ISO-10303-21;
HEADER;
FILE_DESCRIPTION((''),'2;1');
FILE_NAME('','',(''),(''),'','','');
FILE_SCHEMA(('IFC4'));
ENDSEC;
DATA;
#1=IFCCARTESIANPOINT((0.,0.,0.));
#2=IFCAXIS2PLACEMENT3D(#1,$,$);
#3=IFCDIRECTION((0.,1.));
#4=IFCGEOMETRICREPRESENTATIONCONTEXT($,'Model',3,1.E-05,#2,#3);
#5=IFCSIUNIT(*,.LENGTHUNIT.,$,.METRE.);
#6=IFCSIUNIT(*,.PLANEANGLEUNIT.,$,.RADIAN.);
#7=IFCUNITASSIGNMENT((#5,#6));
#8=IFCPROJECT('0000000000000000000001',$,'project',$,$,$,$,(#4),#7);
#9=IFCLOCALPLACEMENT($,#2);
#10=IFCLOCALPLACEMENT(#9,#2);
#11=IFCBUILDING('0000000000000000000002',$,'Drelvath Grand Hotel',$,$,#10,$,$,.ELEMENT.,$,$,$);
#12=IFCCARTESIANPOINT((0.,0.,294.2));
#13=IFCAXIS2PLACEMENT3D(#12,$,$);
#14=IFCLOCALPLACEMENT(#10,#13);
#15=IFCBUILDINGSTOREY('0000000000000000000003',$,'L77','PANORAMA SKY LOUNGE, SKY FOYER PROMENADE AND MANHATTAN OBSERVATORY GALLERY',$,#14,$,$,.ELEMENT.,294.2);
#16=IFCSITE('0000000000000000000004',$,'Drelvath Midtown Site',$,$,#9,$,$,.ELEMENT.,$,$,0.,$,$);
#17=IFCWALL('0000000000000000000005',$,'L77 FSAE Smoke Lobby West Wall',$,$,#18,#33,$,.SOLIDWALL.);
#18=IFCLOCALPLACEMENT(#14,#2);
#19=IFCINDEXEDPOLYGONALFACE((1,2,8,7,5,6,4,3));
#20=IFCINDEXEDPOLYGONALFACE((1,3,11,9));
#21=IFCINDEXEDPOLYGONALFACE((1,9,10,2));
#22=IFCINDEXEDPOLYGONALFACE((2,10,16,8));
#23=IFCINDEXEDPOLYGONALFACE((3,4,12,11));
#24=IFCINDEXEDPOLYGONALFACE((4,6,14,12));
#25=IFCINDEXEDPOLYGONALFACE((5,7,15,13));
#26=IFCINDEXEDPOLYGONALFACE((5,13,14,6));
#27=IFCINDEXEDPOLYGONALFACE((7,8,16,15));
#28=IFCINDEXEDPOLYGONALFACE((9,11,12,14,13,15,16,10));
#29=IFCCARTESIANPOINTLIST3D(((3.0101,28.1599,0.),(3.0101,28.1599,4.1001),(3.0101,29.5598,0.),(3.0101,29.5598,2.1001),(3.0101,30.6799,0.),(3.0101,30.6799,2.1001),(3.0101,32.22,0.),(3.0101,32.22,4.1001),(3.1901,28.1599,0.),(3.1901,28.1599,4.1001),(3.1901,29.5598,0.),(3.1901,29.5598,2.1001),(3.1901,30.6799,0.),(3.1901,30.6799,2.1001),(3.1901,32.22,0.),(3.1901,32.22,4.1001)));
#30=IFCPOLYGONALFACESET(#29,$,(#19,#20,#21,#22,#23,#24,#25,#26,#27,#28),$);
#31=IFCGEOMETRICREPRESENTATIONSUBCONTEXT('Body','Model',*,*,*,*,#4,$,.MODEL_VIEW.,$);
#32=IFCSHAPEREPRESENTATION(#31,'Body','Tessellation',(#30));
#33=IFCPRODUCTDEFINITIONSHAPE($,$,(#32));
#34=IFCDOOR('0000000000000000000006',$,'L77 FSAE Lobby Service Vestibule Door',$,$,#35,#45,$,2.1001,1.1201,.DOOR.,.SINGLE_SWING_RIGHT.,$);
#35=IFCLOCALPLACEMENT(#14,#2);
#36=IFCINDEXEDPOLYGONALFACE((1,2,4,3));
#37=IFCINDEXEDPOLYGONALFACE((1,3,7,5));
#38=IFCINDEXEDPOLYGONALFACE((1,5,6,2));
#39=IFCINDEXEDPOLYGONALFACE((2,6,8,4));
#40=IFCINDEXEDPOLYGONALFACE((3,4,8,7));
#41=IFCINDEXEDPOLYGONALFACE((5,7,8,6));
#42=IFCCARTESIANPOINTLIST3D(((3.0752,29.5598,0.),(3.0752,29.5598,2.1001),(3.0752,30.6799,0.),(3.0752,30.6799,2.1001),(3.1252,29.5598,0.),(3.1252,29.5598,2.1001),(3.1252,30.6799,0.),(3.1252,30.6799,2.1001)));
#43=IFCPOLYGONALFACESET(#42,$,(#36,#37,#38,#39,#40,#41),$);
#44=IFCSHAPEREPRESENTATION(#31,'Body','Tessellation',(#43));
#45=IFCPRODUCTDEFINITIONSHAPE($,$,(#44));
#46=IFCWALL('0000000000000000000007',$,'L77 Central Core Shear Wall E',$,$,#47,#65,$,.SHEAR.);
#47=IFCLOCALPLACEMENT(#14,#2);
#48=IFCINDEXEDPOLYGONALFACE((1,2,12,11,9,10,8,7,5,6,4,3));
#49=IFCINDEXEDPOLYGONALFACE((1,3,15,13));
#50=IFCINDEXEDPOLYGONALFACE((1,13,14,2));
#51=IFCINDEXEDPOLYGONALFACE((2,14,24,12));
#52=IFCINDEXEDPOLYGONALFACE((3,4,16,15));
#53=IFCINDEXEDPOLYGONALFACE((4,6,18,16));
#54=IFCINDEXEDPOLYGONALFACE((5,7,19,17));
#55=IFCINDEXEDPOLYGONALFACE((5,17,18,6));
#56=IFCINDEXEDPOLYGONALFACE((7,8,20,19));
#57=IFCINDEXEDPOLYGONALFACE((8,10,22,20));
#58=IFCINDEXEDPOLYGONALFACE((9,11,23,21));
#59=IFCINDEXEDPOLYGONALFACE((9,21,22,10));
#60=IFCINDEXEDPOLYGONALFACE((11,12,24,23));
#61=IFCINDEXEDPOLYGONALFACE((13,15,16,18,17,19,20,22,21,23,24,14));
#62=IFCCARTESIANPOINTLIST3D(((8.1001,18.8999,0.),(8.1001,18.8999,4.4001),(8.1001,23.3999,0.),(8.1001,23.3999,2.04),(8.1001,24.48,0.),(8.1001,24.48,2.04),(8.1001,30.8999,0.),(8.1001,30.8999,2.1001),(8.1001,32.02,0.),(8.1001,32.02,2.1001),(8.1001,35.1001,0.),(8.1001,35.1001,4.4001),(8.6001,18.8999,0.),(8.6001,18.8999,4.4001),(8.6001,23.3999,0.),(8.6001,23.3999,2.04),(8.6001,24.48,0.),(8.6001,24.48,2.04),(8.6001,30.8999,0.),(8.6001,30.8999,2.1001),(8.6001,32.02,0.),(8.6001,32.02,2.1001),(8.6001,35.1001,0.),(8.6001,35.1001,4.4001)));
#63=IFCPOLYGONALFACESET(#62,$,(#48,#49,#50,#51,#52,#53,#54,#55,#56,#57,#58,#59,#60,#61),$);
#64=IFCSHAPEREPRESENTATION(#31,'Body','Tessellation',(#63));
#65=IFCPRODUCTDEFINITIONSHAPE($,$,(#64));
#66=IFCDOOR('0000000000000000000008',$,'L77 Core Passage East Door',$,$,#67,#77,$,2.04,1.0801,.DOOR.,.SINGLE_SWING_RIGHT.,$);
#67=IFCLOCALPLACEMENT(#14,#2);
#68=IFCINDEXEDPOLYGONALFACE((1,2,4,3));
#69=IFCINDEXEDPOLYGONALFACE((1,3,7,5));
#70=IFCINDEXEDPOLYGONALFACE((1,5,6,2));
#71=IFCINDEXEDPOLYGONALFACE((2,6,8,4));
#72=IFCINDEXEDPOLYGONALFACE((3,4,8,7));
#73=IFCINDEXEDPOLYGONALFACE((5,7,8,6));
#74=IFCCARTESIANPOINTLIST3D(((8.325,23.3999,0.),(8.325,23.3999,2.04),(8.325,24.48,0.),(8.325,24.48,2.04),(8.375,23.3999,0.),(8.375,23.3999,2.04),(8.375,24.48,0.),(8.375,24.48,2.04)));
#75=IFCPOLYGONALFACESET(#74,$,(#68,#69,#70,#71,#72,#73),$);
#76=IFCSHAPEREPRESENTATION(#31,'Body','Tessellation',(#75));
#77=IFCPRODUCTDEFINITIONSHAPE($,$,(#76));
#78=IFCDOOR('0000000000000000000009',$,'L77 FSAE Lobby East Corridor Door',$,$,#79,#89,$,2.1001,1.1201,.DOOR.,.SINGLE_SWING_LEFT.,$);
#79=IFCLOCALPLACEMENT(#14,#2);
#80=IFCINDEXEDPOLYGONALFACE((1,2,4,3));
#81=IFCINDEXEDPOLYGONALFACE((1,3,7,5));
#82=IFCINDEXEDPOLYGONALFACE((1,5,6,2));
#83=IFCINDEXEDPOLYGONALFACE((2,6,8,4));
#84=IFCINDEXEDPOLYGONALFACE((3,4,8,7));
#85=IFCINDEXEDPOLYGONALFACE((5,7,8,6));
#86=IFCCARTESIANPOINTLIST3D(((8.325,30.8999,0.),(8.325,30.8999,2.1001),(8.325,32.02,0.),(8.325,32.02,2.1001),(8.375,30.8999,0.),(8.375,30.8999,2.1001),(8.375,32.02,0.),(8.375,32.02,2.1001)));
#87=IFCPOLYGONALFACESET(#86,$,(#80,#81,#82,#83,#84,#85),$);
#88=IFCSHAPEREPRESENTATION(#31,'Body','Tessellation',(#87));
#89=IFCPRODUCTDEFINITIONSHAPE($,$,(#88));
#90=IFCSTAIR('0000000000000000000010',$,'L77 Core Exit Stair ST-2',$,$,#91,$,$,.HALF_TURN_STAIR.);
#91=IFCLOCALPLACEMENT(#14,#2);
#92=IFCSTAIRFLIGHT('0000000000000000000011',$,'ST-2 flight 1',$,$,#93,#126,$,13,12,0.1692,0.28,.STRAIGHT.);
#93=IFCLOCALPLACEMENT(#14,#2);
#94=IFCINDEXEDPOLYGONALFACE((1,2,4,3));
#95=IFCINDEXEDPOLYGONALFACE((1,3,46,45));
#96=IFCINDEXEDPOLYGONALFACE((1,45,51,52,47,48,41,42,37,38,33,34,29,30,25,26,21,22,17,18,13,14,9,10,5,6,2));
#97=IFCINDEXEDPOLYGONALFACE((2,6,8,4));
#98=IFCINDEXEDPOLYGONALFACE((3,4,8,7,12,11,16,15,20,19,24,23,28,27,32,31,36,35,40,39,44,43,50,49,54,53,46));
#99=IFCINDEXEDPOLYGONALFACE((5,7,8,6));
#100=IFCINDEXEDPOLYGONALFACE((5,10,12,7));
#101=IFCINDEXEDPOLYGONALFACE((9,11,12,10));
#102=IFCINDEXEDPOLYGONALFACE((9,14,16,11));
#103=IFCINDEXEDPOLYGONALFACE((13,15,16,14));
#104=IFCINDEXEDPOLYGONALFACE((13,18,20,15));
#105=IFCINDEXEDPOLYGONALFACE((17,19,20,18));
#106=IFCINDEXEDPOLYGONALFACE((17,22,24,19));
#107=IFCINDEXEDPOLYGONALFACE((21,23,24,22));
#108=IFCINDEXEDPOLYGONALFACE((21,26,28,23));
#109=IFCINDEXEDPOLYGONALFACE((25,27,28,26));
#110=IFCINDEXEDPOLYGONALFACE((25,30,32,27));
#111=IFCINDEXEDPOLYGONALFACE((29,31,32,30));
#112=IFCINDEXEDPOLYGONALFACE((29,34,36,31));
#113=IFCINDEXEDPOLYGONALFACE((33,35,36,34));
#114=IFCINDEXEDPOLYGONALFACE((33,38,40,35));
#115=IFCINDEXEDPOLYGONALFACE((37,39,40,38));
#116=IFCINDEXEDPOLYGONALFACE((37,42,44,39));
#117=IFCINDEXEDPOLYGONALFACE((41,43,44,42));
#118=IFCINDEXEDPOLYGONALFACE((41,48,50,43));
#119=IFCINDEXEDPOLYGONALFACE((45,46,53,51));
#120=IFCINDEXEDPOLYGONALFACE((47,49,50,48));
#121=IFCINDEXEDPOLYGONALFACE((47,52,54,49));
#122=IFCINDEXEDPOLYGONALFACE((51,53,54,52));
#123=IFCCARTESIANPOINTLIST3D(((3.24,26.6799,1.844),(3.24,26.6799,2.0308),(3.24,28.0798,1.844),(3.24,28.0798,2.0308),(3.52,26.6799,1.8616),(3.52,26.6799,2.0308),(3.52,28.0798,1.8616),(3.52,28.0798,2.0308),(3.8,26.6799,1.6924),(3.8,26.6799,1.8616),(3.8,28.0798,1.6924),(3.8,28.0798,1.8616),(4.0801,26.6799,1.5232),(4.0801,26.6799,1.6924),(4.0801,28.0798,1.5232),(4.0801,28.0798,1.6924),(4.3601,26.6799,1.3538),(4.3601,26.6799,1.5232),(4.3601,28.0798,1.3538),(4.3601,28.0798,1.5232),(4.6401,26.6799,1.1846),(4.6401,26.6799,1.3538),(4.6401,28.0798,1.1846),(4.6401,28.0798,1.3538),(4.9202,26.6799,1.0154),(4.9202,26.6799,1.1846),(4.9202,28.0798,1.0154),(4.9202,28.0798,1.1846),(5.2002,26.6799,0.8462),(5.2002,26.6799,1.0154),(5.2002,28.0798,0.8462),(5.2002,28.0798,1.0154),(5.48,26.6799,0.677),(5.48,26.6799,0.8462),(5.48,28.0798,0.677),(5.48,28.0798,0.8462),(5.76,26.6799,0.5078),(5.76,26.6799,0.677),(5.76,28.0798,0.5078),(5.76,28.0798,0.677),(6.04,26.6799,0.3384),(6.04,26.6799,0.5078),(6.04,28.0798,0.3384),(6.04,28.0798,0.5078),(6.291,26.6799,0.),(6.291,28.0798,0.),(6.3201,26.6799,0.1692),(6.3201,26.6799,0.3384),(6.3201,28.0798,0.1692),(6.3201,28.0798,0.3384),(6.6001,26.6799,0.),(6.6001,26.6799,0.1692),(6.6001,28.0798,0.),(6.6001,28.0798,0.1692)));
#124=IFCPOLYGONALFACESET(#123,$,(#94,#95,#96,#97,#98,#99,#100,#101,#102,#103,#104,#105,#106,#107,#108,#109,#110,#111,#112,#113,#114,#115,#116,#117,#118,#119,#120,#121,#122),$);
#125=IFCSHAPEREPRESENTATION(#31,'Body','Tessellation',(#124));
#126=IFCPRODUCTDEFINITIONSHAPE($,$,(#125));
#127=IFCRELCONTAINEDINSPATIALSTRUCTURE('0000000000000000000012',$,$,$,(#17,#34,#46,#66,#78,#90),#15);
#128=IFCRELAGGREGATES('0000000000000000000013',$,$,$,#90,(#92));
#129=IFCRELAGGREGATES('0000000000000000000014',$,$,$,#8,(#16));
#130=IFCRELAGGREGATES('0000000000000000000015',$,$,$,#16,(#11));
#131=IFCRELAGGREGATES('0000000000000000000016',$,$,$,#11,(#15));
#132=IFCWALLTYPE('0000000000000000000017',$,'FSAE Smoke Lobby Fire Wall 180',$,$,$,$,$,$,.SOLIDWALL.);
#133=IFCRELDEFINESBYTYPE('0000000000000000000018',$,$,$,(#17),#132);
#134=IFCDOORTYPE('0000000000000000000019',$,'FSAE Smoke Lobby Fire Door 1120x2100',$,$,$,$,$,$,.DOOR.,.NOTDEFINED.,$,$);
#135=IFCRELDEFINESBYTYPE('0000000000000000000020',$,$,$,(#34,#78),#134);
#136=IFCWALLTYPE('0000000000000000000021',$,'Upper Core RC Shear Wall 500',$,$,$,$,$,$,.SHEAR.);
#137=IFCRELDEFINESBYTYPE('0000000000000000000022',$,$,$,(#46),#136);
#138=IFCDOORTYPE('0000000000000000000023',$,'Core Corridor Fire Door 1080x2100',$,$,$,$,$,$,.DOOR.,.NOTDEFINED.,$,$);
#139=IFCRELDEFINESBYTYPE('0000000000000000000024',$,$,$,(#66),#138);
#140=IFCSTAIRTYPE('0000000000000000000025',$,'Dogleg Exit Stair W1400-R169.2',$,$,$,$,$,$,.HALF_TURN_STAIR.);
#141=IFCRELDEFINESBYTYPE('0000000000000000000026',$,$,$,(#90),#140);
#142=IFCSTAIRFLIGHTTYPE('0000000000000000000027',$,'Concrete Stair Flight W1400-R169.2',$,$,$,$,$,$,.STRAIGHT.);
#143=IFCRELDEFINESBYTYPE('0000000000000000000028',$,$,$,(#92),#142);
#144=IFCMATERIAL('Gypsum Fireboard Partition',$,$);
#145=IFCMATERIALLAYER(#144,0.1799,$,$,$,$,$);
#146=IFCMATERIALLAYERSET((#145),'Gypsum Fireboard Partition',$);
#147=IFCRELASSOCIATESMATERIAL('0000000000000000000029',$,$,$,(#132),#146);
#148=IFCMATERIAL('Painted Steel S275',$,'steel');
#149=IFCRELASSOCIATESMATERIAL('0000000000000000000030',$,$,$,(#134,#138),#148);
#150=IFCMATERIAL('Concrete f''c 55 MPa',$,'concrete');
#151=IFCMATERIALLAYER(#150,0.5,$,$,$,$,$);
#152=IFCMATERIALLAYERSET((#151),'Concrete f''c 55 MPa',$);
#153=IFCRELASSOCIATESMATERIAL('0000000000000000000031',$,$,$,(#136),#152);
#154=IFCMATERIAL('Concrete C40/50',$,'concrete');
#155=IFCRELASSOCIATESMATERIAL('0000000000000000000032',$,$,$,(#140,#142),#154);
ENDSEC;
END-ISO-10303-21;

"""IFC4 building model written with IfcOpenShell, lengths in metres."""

from ifc_helpers import new_model, si_unit, direction, frame, frame_2d, origin, place, context, subcontext, project, spatial, polyline, rectangle, outline, extrude, material, layer, layer_set, type_object, element, fill, aggregate, save


model = new_model("IFC4")

# Units and contexts
model_context = context("Model", 3, precision=1e-05, world=origin(), true_north=direction((0.0, 1.0)))
body_context = subcontext(model_context, "Body", "Model", "MODEL_VIEW")
ifc_project = project(units=[si_unit("LENGTHUNIT", "METRE"), si_unit("PLANEANGLEUNIT", "RADIAN")], contexts=[model_context])

# Site, building, storey
site_placement = place(None, origin())
site = spatial("IfcSite", under=ifc_project, at=site_placement, Name="Drelvath Midtown Site", CompositionType="ELEMENT", RefElevation=0.0)
building_placement = place(site_placement, origin())
building = spatial("IfcBuilding", under=site, at=building_placement, Name="Drelvath Grand Hotel", CompositionType="ELEMENT")
storey_placement = place(building_placement, frame((0.0, 0.0, 294.2)))
storey = spatial("IfcBuildingStorey", under=building, at=storey_placement, Name="L77", Description="PANORAMA SKY LOUNGE, SKY FOYER PROMENADE AND MANHATTAN OBSERVATORY GALLERY", CompositionType="ELEMENT", Elevation=294.2)

# Shared definitions
ifc_material_1 = material(Name="Concrete f'c 55 MPa", Category="concrete")

# Shared definitions
ifc_material_2 = material(Name="Concrete C40/50", Category="concrete")

# Shared definitions
ifc_material_3 = material(Name="Painted Steel S275", Category="steel")

# Shared definitions
ifc_material_4 = material(Name="Gypsum Fireboard Partition")

# Wall, opening, door
ifc_layer_1 = layer(ifc_material_4, 0.1799)
ifc_layer_set_1 = layer_set([ifc_layer_1], Name="Gypsum Fireboard Partition")
wall_type_1 = type_object("IfcWallType", Name="FSAE Smoke Lobby Fire Wall 180", PredefinedType="SOLIDWALL", material=ifc_layer_set_1)
wall_1_placement = place(storey_placement, frame((3.1001, 28.1599, 0.0), z_axis=(0.0, 0.0, 1.0), x_axis=(0.0, 1.0, 0.0)))
wall_1 = element("IfcWall", 1, at=wall_1_placement, inside=storey, type_object=wall_type_1, Name="L77 FSAE Smoke Lobby West Wall", PredefinedType="SOLIDWALL", context=body_context, shape_type="SweptSolid", body=[
    extrude(rectangle(XDim=4.0601, YDim=0.1799, at=frame_2d((2.03, 0.0))), origin(), (0.0, 0.0, 1.0), 4.1001),
])
opening_1_placement = place(wall_1_placement, frame((1.3999, 0.0, 0.0)))
opening_1 = element("IfcOpeningElement", 2, at=opening_1_placement, cuts=wall_1, PredefinedType="OPENING", context=body_context, shape_type="SweptSolid", body=[
    extrude(rectangle(XDim=1.1201, YDim=2.1001, at=frame_2d((0.5601, 1.05))), frame((0.0, 0.0999, 0.0), z_axis=(0.0, -1.0, 0.0), x_axis=(1.0, 0.0, 0.0)), (0.0, 0.0, 1.0), 0.2),
])
door_type_1 = type_object("IfcDoorType", Name="FSAE Smoke Lobby Fire Door 1120x2100", OperationType="NOTDEFINED", PredefinedType="DOOR", material=ifc_material_3)
door_1_placement = place(opening_1_placement, origin())
door_1 = element("IfcDoor", 3, at=door_1_placement, inside=storey, type_object=door_type_1, Name="L77 FSAE Lobby Service Vestibule Door", OperationType="SINGLE_SWING_RIGHT", OverallHeight=2.1001, OverallWidth=1.1201, PredefinedType="DOOR", context=body_context, shape_type="SweptSolid", body=[
    extrude(rectangle(XDim=1.1201, YDim=2.1001, at=frame_2d((0.5601, 1.05))), frame((0.0, 0.0249, 0.0), z_axis=(0.0, -1.0, 0.0), x_axis=(1.0, 0.0, 0.0)), (0.0, 0.0, 1.0), 0.05),
])
fill(opening_1, door_1)

# Wall, openings, doors
ifc_layer_2 = layer(ifc_material_1, 0.5)
ifc_layer_set_2 = layer_set([ifc_layer_2], Name="Concrete f'c 55 MPa")
wall_type_2 = type_object("IfcWallType", Name="Upper Core RC Shear Wall 500", PredefinedType="SHEAR", material=ifc_layer_set_2)
wall_2_placement = place(storey_placement, frame((8.3501, 35.1001, 0.0), z_axis=(0.0, 0.0, 1.0), x_axis=(0.0, -1.0, 0.0)))
wall_2 = element("IfcWall", 4, at=wall_2_placement, inside=storey, type_object=wall_type_2, Name="L77 Central Core Shear Wall E", PredefinedType="SHEAR", context=body_context, shape_type="SweptSolid", body=[
    extrude(rectangle(XDim=16.2002, YDim=0.5, at=frame_2d((8.1001, 0.0))), origin(), (0.0, 0.0, 1.0), 4.4001),
])
opening_2_placement = place(wall_2_placement, frame((3.0801, 0.0, 0.0)))
opening_2 = element("IfcOpeningElement", 5, at=opening_2_placement, cuts=wall_2, PredefinedType="OPENING", context=body_context, shape_type="SweptSolid", body=[
    extrude(rectangle(XDim=1.1201, YDim=2.1001, at=frame_2d((0.5601, 1.05))), frame((0.0, 0.26, 0.0), z_axis=(0.0, -1.0, 0.0), x_axis=(1.0, 0.0, 0.0)), (0.0, 0.0, 1.0), 0.52),
])
opening_3_placement = place(wall_2_placement, frame((10.6201, 0.0, 0.0)))
opening_3 = element("IfcOpeningElement", 6, at=opening_3_placement, cuts=wall_2, PredefinedType="OPENING", context=body_context, shape_type="SweptSolid", body=[
    extrude(rectangle(XDim=1.0801, YDim=2.04, at=frame_2d((0.54, 1.02))), frame((0.0, 0.26, 0.0), z_axis=(0.0, -1.0, 0.0), x_axis=(1.0, 0.0, 0.0)), (0.0, 0.0, 1.0), 0.52),
])
door_type_2 = type_object("IfcDoorType", Name="Core Corridor Fire Door 1080x2100", OperationType="NOTDEFINED", PredefinedType="DOOR", material=ifc_material_3)
door_2_placement = place(opening_3_placement, origin())
door_2 = element("IfcDoor", 7, at=door_2_placement, inside=storey, type_object=door_type_2, Name="L77 Core Passage East Door", OperationType="SINGLE_SWING_RIGHT", OverallHeight=2.04, OverallWidth=1.0801, PredefinedType="DOOR", context=body_context, shape_type="SweptSolid", body=[
    extrude(rectangle(XDim=1.0801, YDim=2.04, at=frame_2d((0.54, 1.02))), frame((0.0, 0.0249, 0.0), z_axis=(0.0, -1.0, 0.0), x_axis=(1.0, 0.0, 0.0)), (0.0, 0.0, 1.0), 0.05),
])
fill(opening_3, door_2)
door_3_placement = place(opening_2_placement, origin())
door_3 = element("IfcDoor", 8, at=door_3_placement, inside=storey, type_object=door_type_1, Name="L77 FSAE Lobby East Corridor Door", OperationType="SINGLE_SWING_LEFT", OverallHeight=2.1001, OverallWidth=1.1201, PredefinedType="DOOR", context=body_context, shape_type="SweptSolid", body=[
    extrude(rectangle(XDim=1.1201, YDim=2.1001, at=frame_2d((0.5601, 1.05))), frame((0.0, 0.0249, 0.0), z_axis=(0.0, -1.0, 0.0), x_axis=(1.0, 0.0, 0.0)), (0.0, 0.0, 1.0), 0.05),
])
fill(opening_2, door_3)

# Stair, stair flight
stair_type = type_object("IfcStairType", Name="Dogleg Exit Stair W1400-R169.2", PredefinedType="HALF_TURN_STAIR", material=ifc_material_2)
stair_placement = place(storey_placement, origin())
stair = element("IfcStair", 9, at=stair_placement, inside=storey, type_object=stair_type, Name="L77 Core Exit Stair ST-2", PredefinedType="HALF_TURN_STAIR")
stair_flight_type = type_object("IfcStairFlightType", Name="Concrete Stair Flight W1400-R169.2", PredefinedType="STRAIGHT", material=ifc_material_2)
stair_flight_placement = place(storey_placement, frame((6.6001, 27.3799, 0.0), z_axis=(0.0, 0.0, 1.0), x_axis=(-1.0, 0.0, 0.0)))
stair_flight = element("IfcStairFlight", 10, at=stair_flight_placement, type_object=stair_flight_type, Name="ST-2 flight 1", NumberOfRisers=13, NumberOfTreads=12, PredefinedType="STRAIGHT", RiserHeight=0.1692, TreadLength=0.28, context=body_context, shape_type="SweptSolid", body=[
    extrude(outline(polyline([(0.0, 0.0), (0.0, 0.1692), (0.28, 0.1692), (0.28, 0.3384), (0.5601, 0.3384), (0.5601, 0.5078), (0.8401, 0.5078), (0.8401, 0.677), (1.1201, 0.677), (1.1201, 0.8462), (1.3999, 0.8462), (1.3999, 1.0154), (1.6799, 1.0154), (1.6799, 1.1846), (1.96, 1.1846), (1.96, 1.3538), (2.24, 1.3538), (2.24, 1.5232), (2.52, 1.5232), (2.52, 1.6924), (2.8, 1.6924), (2.8, 1.8616), (3.0801, 1.8616), (3.0801, 2.0308), (3.3601, 2.0308), (3.3601, 2.2), (3.3601, 1.844), (0.3091, 0.0), (0.0, 0.0)])), frame((0.0, 0.7, 0.0), z_axis=(0.0, -1.0, 0.0), x_axis=(1.0, 0.0, 0.0)), (0.0, 0.0, 1.0), 1.3999),
])
aggregate(stair, [stair_flight])

save(model, "model.ifc")
